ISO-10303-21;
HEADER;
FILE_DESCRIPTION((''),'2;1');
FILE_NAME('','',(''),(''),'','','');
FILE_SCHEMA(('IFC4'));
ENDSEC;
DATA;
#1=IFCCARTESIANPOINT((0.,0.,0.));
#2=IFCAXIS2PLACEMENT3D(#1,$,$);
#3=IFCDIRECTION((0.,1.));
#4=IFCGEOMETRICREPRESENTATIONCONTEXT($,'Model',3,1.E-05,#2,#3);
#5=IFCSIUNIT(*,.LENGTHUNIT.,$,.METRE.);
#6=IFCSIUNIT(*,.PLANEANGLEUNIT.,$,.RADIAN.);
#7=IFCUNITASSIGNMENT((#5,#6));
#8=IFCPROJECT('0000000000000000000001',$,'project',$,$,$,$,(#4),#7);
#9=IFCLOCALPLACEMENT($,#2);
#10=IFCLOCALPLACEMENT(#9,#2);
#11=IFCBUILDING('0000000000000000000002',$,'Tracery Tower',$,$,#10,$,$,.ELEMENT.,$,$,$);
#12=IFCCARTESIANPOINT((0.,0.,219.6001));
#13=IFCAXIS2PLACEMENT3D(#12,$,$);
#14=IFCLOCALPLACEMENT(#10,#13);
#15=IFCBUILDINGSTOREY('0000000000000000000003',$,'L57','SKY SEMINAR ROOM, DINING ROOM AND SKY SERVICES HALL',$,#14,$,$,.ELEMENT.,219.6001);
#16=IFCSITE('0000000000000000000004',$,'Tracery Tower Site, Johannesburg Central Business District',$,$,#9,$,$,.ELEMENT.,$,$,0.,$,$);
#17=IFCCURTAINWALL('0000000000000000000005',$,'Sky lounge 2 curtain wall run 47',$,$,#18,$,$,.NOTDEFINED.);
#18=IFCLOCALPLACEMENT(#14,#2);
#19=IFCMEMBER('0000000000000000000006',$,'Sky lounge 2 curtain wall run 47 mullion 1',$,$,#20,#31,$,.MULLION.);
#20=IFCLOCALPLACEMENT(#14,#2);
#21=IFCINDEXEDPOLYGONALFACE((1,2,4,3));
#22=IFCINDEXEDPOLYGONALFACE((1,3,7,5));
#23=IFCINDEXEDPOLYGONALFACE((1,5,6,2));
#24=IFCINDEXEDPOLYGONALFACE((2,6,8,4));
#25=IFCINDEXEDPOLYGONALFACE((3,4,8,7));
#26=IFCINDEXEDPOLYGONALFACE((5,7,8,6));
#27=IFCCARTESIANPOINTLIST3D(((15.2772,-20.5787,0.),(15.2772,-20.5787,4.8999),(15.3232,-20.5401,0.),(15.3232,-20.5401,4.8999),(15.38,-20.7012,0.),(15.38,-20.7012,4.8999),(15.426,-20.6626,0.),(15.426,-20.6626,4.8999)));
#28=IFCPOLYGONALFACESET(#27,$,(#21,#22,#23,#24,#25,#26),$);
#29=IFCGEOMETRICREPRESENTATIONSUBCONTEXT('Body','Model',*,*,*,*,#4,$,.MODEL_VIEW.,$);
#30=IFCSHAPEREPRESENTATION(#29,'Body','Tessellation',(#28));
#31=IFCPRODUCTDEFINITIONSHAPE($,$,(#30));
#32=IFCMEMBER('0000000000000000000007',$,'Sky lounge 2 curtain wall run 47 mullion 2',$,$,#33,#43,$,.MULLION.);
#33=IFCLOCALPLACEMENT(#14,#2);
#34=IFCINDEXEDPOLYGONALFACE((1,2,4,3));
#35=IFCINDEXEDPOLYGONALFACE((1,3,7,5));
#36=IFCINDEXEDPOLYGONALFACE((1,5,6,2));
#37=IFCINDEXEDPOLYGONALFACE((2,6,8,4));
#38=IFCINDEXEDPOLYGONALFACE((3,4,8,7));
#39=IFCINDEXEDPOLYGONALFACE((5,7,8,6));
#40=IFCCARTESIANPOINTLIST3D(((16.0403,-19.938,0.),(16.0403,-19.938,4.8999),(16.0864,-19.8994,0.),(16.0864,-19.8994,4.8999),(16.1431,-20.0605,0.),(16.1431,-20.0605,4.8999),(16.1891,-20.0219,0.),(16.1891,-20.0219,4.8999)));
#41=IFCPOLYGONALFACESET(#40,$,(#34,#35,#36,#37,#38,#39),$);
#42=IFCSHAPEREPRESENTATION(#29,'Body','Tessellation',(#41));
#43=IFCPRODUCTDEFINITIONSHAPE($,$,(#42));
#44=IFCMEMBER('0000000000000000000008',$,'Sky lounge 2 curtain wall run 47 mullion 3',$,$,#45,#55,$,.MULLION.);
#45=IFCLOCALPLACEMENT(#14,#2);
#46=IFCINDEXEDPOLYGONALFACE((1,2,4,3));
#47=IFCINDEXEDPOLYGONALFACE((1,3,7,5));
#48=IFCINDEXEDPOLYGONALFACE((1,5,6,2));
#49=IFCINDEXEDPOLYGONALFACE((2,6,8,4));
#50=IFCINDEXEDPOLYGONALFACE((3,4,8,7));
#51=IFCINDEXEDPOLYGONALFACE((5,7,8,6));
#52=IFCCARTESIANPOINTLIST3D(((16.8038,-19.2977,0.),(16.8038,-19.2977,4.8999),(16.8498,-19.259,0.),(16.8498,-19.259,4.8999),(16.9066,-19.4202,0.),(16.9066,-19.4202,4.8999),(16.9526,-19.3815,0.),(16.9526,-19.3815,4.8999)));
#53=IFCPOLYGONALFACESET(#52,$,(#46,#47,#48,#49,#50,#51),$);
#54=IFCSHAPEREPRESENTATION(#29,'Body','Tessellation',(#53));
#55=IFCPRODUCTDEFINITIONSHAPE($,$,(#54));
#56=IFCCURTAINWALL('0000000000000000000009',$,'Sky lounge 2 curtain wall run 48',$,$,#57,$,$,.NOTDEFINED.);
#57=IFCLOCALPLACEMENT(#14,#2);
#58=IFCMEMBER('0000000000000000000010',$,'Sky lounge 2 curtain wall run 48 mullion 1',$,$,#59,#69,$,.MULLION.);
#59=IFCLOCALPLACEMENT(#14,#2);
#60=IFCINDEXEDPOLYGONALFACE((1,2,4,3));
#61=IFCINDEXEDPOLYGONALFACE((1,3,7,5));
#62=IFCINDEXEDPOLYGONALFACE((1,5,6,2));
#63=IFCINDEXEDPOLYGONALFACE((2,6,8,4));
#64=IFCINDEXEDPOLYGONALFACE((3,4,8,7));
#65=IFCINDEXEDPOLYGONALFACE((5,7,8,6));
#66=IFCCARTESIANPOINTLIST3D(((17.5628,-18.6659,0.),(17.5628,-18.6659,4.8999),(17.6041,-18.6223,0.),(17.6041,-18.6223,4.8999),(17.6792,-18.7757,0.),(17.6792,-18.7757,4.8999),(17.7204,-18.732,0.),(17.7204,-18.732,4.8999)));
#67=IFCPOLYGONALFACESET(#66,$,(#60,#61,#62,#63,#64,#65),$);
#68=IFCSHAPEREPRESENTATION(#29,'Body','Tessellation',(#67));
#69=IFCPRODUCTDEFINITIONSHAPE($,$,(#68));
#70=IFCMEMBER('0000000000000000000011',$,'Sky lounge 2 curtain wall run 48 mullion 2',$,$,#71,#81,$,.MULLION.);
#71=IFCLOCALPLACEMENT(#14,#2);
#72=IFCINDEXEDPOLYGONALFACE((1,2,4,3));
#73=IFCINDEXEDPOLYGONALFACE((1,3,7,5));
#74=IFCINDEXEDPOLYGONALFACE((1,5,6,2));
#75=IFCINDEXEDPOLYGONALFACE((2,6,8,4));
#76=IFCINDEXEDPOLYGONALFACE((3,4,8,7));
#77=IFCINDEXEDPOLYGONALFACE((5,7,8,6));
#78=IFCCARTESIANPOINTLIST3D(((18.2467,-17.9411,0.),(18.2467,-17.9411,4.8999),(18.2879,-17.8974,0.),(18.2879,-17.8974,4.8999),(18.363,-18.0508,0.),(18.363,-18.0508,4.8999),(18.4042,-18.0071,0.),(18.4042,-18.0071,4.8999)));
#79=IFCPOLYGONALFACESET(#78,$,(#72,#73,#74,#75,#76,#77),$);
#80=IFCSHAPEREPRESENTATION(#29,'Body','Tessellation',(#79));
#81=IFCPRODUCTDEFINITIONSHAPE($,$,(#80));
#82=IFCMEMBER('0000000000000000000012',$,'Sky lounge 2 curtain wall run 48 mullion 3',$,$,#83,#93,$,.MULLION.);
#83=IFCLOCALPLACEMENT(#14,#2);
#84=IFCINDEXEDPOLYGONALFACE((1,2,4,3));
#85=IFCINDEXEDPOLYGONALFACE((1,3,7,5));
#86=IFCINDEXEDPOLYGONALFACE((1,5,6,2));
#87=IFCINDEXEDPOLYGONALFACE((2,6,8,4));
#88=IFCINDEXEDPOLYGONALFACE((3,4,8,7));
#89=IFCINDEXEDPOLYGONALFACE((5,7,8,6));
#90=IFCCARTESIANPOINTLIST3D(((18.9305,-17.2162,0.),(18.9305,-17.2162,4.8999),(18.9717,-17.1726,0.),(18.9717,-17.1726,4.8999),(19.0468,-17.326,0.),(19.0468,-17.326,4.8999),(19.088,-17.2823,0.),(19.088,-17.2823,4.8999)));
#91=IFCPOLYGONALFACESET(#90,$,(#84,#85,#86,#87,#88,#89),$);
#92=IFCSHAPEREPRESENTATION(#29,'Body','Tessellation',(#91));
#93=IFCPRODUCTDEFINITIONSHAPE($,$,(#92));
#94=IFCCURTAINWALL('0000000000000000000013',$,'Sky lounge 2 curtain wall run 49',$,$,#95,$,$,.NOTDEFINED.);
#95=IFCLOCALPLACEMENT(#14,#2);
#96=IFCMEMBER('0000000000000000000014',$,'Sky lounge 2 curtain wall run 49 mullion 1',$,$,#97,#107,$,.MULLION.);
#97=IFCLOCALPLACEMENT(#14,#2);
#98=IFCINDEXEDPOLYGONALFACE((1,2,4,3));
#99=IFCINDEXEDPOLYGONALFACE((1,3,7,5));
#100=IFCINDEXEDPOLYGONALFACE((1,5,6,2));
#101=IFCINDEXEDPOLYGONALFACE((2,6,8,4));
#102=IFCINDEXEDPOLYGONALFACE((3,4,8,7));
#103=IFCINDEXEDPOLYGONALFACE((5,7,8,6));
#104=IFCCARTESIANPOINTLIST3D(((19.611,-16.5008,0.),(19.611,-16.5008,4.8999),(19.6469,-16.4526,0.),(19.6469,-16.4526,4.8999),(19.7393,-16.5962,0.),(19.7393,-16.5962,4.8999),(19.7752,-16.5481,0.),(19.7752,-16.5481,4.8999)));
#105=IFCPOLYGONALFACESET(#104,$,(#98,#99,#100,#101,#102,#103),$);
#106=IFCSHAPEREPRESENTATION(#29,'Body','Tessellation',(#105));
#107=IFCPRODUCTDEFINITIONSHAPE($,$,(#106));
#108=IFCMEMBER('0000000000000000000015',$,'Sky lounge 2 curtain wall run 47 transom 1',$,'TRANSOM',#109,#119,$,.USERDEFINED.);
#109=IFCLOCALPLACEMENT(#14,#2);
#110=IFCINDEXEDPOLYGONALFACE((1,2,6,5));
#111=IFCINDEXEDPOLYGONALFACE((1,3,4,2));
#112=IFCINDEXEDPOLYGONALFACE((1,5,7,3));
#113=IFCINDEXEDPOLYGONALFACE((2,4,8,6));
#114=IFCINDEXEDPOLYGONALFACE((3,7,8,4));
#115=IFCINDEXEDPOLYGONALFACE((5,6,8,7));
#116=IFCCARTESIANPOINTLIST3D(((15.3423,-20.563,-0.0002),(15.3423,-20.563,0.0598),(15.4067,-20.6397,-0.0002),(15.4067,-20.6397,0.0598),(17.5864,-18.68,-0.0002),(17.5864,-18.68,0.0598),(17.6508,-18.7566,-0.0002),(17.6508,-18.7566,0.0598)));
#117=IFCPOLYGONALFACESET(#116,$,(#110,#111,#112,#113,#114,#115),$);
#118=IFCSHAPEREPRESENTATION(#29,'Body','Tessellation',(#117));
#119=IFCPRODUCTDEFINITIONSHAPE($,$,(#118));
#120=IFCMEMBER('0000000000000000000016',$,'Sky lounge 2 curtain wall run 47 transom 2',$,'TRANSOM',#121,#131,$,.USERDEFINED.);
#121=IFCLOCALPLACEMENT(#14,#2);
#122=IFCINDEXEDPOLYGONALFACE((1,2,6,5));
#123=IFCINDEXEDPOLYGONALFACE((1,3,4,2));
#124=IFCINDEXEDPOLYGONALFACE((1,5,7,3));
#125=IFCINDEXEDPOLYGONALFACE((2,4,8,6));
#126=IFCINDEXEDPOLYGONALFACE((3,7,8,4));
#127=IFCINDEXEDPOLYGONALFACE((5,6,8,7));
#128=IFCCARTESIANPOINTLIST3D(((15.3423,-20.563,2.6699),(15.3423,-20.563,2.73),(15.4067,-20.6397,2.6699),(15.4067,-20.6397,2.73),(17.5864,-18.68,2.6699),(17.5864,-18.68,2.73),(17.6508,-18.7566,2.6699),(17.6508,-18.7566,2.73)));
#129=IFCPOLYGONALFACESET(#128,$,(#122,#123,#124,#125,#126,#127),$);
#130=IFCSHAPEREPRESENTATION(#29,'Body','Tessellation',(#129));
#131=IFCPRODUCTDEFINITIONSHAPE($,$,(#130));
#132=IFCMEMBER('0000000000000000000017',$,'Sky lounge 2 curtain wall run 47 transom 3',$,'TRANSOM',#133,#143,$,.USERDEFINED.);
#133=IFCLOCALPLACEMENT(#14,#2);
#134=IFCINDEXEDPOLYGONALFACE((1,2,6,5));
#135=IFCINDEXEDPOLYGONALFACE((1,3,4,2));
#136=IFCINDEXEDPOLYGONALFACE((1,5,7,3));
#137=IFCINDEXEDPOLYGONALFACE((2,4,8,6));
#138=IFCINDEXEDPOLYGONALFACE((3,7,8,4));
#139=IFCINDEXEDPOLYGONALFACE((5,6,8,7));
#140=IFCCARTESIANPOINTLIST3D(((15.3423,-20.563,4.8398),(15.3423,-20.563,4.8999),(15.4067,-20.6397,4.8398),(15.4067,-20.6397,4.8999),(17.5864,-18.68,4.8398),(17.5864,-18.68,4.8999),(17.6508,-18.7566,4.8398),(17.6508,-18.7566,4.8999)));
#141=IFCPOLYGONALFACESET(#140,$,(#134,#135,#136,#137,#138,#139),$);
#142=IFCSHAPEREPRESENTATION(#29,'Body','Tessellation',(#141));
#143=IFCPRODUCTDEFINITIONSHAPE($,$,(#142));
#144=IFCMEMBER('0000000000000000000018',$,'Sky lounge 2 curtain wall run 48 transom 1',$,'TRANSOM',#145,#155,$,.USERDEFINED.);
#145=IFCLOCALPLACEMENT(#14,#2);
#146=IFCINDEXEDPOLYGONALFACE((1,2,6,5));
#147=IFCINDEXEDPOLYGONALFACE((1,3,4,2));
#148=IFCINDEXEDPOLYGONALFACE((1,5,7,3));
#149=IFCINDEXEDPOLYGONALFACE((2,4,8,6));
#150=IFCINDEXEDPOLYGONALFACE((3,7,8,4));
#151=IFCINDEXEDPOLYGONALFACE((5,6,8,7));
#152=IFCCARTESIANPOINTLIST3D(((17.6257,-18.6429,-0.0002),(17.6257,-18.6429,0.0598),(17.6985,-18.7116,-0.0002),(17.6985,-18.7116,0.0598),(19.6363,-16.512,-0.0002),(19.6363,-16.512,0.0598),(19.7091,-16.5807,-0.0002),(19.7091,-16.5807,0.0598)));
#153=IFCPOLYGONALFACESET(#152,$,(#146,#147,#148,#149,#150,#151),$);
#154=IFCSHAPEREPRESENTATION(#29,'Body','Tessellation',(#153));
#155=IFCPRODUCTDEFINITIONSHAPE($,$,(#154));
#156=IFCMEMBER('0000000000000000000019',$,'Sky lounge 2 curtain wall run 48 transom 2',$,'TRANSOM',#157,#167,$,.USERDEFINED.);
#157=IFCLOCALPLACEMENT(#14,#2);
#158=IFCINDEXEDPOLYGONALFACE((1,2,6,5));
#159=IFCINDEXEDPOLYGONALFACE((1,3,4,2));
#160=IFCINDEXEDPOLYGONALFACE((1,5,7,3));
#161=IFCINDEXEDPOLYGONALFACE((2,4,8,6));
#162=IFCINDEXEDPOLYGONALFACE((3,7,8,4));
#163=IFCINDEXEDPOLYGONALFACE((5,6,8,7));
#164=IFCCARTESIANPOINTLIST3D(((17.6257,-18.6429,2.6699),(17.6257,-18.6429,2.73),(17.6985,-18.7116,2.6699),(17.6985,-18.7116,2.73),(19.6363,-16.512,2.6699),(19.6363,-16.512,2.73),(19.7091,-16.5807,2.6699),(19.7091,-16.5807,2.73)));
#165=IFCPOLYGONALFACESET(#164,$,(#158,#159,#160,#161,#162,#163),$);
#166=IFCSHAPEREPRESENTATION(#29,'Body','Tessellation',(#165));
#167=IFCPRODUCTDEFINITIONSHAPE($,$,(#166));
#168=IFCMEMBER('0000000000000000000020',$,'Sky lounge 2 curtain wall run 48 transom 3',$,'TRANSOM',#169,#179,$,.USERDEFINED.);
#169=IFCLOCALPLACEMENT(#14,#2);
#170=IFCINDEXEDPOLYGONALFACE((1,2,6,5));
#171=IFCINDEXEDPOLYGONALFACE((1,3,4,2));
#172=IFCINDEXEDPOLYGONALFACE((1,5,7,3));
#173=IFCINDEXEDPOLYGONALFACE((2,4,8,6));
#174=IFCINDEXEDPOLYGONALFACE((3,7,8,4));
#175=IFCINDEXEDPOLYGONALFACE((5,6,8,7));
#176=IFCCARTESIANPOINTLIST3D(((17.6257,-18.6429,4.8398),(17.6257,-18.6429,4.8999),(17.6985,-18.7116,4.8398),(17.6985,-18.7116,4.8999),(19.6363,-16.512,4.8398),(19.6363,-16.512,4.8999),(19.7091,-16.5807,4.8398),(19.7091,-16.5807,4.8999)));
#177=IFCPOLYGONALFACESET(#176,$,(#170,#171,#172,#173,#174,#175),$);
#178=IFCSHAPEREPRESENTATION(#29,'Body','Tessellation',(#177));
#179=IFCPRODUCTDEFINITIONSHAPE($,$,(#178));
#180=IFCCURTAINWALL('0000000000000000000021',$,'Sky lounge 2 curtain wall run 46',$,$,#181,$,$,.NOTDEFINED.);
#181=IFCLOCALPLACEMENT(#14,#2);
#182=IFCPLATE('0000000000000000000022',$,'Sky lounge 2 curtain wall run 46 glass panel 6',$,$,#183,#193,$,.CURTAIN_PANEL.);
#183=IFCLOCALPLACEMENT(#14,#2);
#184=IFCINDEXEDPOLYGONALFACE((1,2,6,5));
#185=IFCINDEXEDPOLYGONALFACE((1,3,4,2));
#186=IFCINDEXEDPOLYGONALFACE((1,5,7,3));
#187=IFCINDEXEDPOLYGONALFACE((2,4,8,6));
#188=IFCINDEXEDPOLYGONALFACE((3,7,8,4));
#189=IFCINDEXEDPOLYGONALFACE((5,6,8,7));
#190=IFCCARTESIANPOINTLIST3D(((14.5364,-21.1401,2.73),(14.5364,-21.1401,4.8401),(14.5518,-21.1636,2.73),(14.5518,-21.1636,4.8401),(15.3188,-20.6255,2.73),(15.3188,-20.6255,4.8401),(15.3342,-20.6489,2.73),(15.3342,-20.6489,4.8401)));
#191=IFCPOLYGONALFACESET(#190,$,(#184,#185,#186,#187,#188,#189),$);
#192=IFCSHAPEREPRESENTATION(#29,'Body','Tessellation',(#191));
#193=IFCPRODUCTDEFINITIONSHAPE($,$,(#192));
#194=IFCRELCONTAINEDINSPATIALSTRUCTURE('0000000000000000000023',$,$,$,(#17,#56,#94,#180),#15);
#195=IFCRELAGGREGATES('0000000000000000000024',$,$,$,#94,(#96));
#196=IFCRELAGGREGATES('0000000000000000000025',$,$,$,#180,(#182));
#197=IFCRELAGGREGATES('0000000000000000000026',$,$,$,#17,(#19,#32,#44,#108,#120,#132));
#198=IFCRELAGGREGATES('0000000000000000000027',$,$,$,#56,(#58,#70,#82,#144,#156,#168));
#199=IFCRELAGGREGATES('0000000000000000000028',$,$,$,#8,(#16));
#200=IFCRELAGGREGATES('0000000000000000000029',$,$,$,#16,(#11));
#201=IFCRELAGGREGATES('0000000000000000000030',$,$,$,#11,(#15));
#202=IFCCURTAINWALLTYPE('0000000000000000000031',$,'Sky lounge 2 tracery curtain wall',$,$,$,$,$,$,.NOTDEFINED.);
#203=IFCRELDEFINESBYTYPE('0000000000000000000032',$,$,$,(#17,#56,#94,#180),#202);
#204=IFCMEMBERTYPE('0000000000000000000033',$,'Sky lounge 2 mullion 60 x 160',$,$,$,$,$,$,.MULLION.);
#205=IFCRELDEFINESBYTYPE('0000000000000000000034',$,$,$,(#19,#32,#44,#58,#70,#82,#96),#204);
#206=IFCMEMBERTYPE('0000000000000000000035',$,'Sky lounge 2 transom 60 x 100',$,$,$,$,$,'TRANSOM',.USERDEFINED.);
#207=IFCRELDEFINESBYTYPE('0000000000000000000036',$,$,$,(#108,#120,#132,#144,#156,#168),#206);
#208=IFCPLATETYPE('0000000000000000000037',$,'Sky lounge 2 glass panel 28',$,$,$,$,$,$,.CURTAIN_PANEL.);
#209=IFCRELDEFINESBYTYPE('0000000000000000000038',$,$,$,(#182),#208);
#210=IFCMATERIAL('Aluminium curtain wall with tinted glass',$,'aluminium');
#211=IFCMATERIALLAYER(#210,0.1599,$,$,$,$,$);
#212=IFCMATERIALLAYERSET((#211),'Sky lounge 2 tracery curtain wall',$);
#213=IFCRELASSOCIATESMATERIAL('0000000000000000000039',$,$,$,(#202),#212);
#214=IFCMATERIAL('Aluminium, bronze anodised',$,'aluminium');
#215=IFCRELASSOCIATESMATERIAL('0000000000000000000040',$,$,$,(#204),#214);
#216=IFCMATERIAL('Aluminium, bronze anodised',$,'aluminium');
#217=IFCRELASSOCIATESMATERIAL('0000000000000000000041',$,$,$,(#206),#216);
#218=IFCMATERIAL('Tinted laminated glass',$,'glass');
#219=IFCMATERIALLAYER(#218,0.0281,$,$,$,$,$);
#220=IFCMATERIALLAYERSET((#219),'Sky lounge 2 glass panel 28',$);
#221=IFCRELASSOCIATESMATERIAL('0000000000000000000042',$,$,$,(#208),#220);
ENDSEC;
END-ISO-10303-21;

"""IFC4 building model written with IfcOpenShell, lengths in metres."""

from ifc_helpers import new_model, si_unit, direction, frame, origin, origin_2d, place, context, subcontext, project, spatial, rectangle, extrude, material, layer, layer_set, material_profile, profile_set, type_object, element, aggregate, save


model = new_model("IFC4")

# Units and contexts
model_context = context("Model", 3, precision=1e-05, world=origin(), true_north=direction((0.0, 1.0)))
body_context = subcontext(model_context, "Body", "Model", "MODEL_VIEW")
ifc_project = project(units=[si_unit("LENGTHUNIT", "METRE"), si_unit("PLANEANGLEUNIT", "RADIAN")], contexts=[model_context])

# Site, building, storey
site_placement = place(None, origin())
site = spatial("IfcSite", under=ifc_project, at=site_placement, Name="Tracery Tower Site, Johannesburg Central Business District", CompositionType="ELEMENT", RefElevation=0.0)
building_placement = place(site_placement, origin())
building = spatial("IfcBuilding", under=site, at=building_placement, Name="Tracery Tower", CompositionType="ELEMENT")
storey_placement = place(building_placement, frame((0.0, 0.0, 219.6001)))
storey = spatial("IfcBuildingStorey", under=building, at=storey_placement, Name="L57", Description="SKY SEMINAR ROOM, DINING ROOM AND SKY SERVICES HALL", CompositionType="ELEMENT", Elevation=219.6001)

# Curtain walls, members
ifc_material_1 = material(Name="Aluminium curtain wall with tinted glass", Category="aluminium")
ifc_layer_1 = layer(ifc_material_1, 0.1599)
ifc_layer_set_1 = layer_set([ifc_layer_1], Name="Sky lounge 2 tracery curtain wall")
curtain_wall_type = type_object("IfcCurtainWallType", Name="Sky lounge 2 tracery curtain wall", PredefinedType="NOTDEFINED", material=ifc_layer_set_1)
curtain_wall_1_placement = place(storey_placement, origin())
curtain_wall_1 = element("IfcCurtainWall", 1, at=curtain_wall_1_placement, inside=storey, type_object=curtain_wall_type, Name="Sky lounge 2 curtain wall run 47", PredefinedType="NOTDEFINED")
ifc_material_2 = material(Name="Aluminium, bronze anodised", Category="aluminium")
ifc_material_profile_1 = material_profile(ifc_material_2, rectangle(XDim=0.1599, YDim=0.0601, at=origin_2d()), Name="AL 60x160")
ifc_profile_set_1 = profile_set([ifc_material_profile_1], Name="Aluminium, bronze anodised")
member_type_1 = type_object("IfcMemberType", Name="Sky lounge 2 mullion 60 x 160", PredefinedType="MULLION", material=ifc_profile_set_1)
member_1_placement = place(storey_placement, frame((15.3516, -20.6206, 0.0), z_axis=(0.0, 0.0, 1.0), x_axis=(-0.642788, 0.766044, 0.0)))
member_1 = element("IfcMember", 2, at=member_1_placement, type_object=member_type_1, Name="Sky lounge 2 curtain wall run 47 mullion 1", PredefinedType="MULLION", context=body_context, shape_type="SweptSolid", body=[
    extrude(rectangle(XDim=0.1599, YDim=0.0601, at=origin_2d()), origin(), (0.0, 0.0, 1.0), 4.8999),
])
member_2_placement = place(storey_placement, frame((16.1147, -19.98, 0.0), z_axis=(0.0, 0.0, 1.0), x_axis=(-0.642788, 0.766044, 0.0)))
member_2 = element("IfcMember", 3, at=member_2_placement, type_object=member_type_1, Name="Sky lounge 2 curtain wall run 47 mullion 2", PredefinedType="MULLION", context=body_context, shape_type="SweptSolid", body=[
    extrude(rectangle(XDim=0.1599, YDim=0.0601, at=origin_2d()), origin(), (0.0, 0.0, 1.0), 4.8999),
])
member_3_placement = place(storey_placement, frame((16.8782, -19.3396, 0.0), z_axis=(0.0, 0.0, 1.0), x_axis=(-0.642788, 0.766044, 0.0)))
member_3 = element("IfcMember", 4, at=member_3_placement, type_object=member_type_1, Name="Sky lounge 2 curtain wall run 47 mullion 3", PredefinedType="MULLION", context=body_context, shape_type="SweptSolid", body=[
    extrude(rectangle(XDim=0.1599, YDim=0.0601, at=origin_2d()), origin(), (0.0, 0.0, 1.0), 4.8999),
])
curtain_wall_2_placement = place(storey_placement, origin())
curtain_wall_2 = element("IfcCurtainWall", 5, at=curtain_wall_2_placement, inside=storey, type_object=curtain_wall_type, Name="Sky lounge 2 curtain wall run 48", PredefinedType="NOTDEFINED")
member_4_placement = place(storey_placement, frame((17.6416, -18.699, 0.0), z_axis=(0.0, 0.0, 1.0), x_axis=(-0.727374, 0.686242, 0.0)))
member_4 = element("IfcMember", 6, at=member_4_placement, type_object=member_type_1, Name="Sky lounge 2 curtain wall run 48 mullion 1", PredefinedType="MULLION", context=body_context, shape_type="SweptSolid", body=[
    extrude(rectangle(XDim=0.1599, YDim=0.0601, at=origin_2d()), origin(), (0.0, 0.0, 1.0), 4.8999),
])
member_5_placement = place(storey_placement, frame((18.3254, -17.9741, 0.0), z_axis=(0.0, 0.0, 1.0), x_axis=(-0.727374, 0.686242, 0.0)))
member_5 = element("IfcMember", 7, at=member_5_placement, type_object=member_type_1, Name="Sky lounge 2 curtain wall run 48 mullion 2", PredefinedType="MULLION", context=body_context, shape_type="SweptSolid", body=[
    extrude(rectangle(XDim=0.1599, YDim=0.0601, at=origin_2d()), origin(), (0.0, 0.0, 1.0), 4.8999),
])
member_6_placement = place(storey_placement, frame((19.0093, -17.2493, 0.0), z_axis=(0.0, 0.0, 1.0), x_axis=(-0.727374, 0.686242, 0.0)))
member_6 = element("IfcMember", 8, at=member_6_placement, type_object=member_type_1, Name="Sky lounge 2 curtain wall run 48 mullion 3", PredefinedType="MULLION", context=body_context, shape_type="SweptSolid", body=[
    extrude(rectangle(XDim=0.1599, YDim=0.0601, at=origin_2d()), origin(), (0.0, 0.0, 1.0), 4.8999),
])

# Curtain wall, member
curtain_wall_3_placement = place(storey_placement, origin())
curtain_wall_3 = element("IfcCurtainWall", 9, at=curtain_wall_3_placement, inside=storey, type_object=curtain_wall_type, Name="Sky lounge 2 curtain wall run 49", PredefinedType="NOTDEFINED")
member_7_placement = place(storey_placement, frame((19.6931, -16.5244, 0.0), z_axis=(0.0, 0.0, 1.0), x_axis=(-0.802123, 0.597159, 0.0)))
member_7 = element("IfcMember", 10, at=member_7_placement, type_object=member_type_1, Name="Sky lounge 2 curtain wall run 49 mullion 1", PredefinedType="MULLION", context=body_context, shape_type="SweptSolid", body=[
    extrude(rectangle(XDim=0.1599, YDim=0.0601, at=origin_2d()), origin(), (0.0, 0.0, 1.0), 4.8999),
])
aggregate(curtain_wall_3, [member_7])

# Members
ifc_material_3 = material(Name="Aluminium, bronze anodised", Category="aluminium")
ifc_material_profile_2 = material_profile(ifc_material_3, rectangle(XDim=0.1001, YDim=0.0601, at=origin_2d()), Name="AL 60x100")
ifc_profile_set_2 = profile_set([ifc_material_profile_2], Name="Aluminium, bronze anodised")
member_type_2 = type_object("IfcMemberType", Name="Sky lounge 2 transom 60 x 100", ElementType="TRANSOM", PredefinedType="USERDEFINED", material=ifc_profile_set_2)
member_8_placement = place(storey_placement, frame((15.3745, -20.6013, 0.0298), z_axis=(0.766045, 0.642787, 0.0), x_axis=(-0.642787, 0.766045, 0.0)))
member_8 = element("IfcMember", 11, at=member_8_placement, type_object=member_type_2, Name="Sky lounge 2 curtain wall run 47 transom 1", ObjectType="TRANSOM", PredefinedType="USERDEFINED", context=body_context, shape_type="SweptSolid", body=[
    extrude(rectangle(XDim=0.1001, YDim=0.0601, at=origin_2d()), origin(), (0.0, 0.0, 1.0), 2.9294),
])
member_9_placement = place(storey_placement, frame((15.3745, -20.6013, 2.7), z_axis=(0.766045, 0.642787, 0.0), x_axis=(-0.642787, 0.766045, 0.0)))
member_9 = element("IfcMember", 12, at=member_9_placement, type_object=member_type_2, Name="Sky lounge 2 curtain wall run 47 transom 2", ObjectType="TRANSOM", PredefinedType="USERDEFINED", context=body_context, shape_type="SweptSolid", body=[
    extrude(rectangle(XDim=0.1001, YDim=0.0601, at=origin_2d()), origin(), (0.0, 0.0, 1.0), 2.9294),
])
member_10_placement = place(storey_placement, frame((15.3745, -20.6013, 4.8699), z_axis=(0.766045, 0.642787, 0.0), x_axis=(-0.642787, 0.766045, 0.0)))
member_10 = element("IfcMember", 13, at=member_10_placement, type_object=member_type_2, Name="Sky lounge 2 curtain wall run 47 transom 3", ObjectType="TRANSOM", PredefinedType="USERDEFINED", context=body_context, shape_type="SweptSolid", body=[
    extrude(rectangle(XDim=0.1001, YDim=0.0601, at=origin_2d()), origin(), (0.0, 0.0, 1.0), 2.9294),
])
member_11_placement = place(storey_placement, frame((17.6621, -18.6772, 0.0298), z_axis=(0.686266, 0.72735, 0.0), x_axis=(-0.72735, 0.686266, 0.0)))
member_11 = element("IfcMember", 14, at=member_11_placement, type_object=member_type_2, Name="Sky lounge 2 curtain wall run 48 transom 1", ObjectType="TRANSOM", PredefinedType="USERDEFINED", context=body_context, shape_type="SweptSolid", body=[
    extrude(rectangle(XDim=0.1001, YDim=0.0601, at=origin_2d()), origin(), (0.0, 0.0, 1.0), 2.9297),
])
member_12_placement = place(storey_placement, frame((17.6621, -18.6772, 2.7), z_axis=(0.686266, 0.72735, 0.0), x_axis=(-0.72735, 0.686266, 0.0)))
member_12 = element("IfcMember", 15, at=member_12_placement, type_object=member_type_2, Name="Sky lounge 2 curtain wall run 48 transom 2", ObjectType="TRANSOM", PredefinedType="USERDEFINED", context=body_context, shape_type="SweptSolid", body=[
    extrude(rectangle(XDim=0.1001, YDim=0.0601, at=origin_2d()), origin(), (0.0, 0.0, 1.0), 2.9297),
])
member_13_placement = place(storey_placement, frame((17.6621, -18.6772, 4.8699), z_axis=(0.686266, 0.72735, 0.0), x_axis=(-0.72735, 0.686266, 0.0)))
member_13 = element("IfcMember", 16, at=member_13_placement, type_object=member_type_2, Name="Sky lounge 2 curtain wall run 48 transom 3", ObjectType="TRANSOM", PredefinedType="USERDEFINED", context=body_context, shape_type="SweptSolid", body=[
    extrude(rectangle(XDim=0.1001, YDim=0.0601, at=origin_2d()), origin(), (0.0, 0.0, 1.0), 2.9297),
])

# Curtain wall, plate
curtain_wall_4_placement = place(storey_placement, origin())
curtain_wall_4 = element("IfcCurtainWall", 17, at=curtain_wall_4_placement, inside=storey, type_object=curtain_wall_type, Name="Sky lounge 2 curtain wall run 46", PredefinedType="NOTDEFINED")
ifc_material_4 = material(Name="Tinted laminated glass", Category="glass")
ifc_layer_2 = layer(ifc_material_4, 0.0281)
ifc_layer_set_2 = layer_set([ifc_layer_2], Name="Sky lounge 2 glass panel 28")
plate_type = type_object("IfcPlateType", Name="Sky lounge 2 glass panel 28", PredefinedType="CURTAIN_PANEL", material=ifc_layer_set_2)
plate_1_placement = place(storey_placement, frame((14.9353, -20.8945, 2.73), z_axis=(0.0, 0.0, 1.0), x_axis=(0.835488, 0.549509, 0.0)))
plate_1 = element("IfcPlate", 18, at=plate_1_placement, type_object=plate_type, Name="Sky lounge 2 curtain wall run 46 glass panel 6", PredefinedType="CURTAIN_PANEL", context=body_context, shape_type="SweptSolid", body=[
    extrude(rectangle(XDim=0.9365, YDim=0.0281, at=origin_2d()), origin(), (0.0, 0.0, 1.0), 2.1101),
])
aggregate(curtain_wall_4, [plate_1])

aggregate(curtain_wall_1, [member_1, member_2, member_3, member_8, member_9, member_10])
aggregate(curtain_wall_2, [member_4, member_5, member_6, member_11, member_12, member_13])

save(model, "model.ifc")
